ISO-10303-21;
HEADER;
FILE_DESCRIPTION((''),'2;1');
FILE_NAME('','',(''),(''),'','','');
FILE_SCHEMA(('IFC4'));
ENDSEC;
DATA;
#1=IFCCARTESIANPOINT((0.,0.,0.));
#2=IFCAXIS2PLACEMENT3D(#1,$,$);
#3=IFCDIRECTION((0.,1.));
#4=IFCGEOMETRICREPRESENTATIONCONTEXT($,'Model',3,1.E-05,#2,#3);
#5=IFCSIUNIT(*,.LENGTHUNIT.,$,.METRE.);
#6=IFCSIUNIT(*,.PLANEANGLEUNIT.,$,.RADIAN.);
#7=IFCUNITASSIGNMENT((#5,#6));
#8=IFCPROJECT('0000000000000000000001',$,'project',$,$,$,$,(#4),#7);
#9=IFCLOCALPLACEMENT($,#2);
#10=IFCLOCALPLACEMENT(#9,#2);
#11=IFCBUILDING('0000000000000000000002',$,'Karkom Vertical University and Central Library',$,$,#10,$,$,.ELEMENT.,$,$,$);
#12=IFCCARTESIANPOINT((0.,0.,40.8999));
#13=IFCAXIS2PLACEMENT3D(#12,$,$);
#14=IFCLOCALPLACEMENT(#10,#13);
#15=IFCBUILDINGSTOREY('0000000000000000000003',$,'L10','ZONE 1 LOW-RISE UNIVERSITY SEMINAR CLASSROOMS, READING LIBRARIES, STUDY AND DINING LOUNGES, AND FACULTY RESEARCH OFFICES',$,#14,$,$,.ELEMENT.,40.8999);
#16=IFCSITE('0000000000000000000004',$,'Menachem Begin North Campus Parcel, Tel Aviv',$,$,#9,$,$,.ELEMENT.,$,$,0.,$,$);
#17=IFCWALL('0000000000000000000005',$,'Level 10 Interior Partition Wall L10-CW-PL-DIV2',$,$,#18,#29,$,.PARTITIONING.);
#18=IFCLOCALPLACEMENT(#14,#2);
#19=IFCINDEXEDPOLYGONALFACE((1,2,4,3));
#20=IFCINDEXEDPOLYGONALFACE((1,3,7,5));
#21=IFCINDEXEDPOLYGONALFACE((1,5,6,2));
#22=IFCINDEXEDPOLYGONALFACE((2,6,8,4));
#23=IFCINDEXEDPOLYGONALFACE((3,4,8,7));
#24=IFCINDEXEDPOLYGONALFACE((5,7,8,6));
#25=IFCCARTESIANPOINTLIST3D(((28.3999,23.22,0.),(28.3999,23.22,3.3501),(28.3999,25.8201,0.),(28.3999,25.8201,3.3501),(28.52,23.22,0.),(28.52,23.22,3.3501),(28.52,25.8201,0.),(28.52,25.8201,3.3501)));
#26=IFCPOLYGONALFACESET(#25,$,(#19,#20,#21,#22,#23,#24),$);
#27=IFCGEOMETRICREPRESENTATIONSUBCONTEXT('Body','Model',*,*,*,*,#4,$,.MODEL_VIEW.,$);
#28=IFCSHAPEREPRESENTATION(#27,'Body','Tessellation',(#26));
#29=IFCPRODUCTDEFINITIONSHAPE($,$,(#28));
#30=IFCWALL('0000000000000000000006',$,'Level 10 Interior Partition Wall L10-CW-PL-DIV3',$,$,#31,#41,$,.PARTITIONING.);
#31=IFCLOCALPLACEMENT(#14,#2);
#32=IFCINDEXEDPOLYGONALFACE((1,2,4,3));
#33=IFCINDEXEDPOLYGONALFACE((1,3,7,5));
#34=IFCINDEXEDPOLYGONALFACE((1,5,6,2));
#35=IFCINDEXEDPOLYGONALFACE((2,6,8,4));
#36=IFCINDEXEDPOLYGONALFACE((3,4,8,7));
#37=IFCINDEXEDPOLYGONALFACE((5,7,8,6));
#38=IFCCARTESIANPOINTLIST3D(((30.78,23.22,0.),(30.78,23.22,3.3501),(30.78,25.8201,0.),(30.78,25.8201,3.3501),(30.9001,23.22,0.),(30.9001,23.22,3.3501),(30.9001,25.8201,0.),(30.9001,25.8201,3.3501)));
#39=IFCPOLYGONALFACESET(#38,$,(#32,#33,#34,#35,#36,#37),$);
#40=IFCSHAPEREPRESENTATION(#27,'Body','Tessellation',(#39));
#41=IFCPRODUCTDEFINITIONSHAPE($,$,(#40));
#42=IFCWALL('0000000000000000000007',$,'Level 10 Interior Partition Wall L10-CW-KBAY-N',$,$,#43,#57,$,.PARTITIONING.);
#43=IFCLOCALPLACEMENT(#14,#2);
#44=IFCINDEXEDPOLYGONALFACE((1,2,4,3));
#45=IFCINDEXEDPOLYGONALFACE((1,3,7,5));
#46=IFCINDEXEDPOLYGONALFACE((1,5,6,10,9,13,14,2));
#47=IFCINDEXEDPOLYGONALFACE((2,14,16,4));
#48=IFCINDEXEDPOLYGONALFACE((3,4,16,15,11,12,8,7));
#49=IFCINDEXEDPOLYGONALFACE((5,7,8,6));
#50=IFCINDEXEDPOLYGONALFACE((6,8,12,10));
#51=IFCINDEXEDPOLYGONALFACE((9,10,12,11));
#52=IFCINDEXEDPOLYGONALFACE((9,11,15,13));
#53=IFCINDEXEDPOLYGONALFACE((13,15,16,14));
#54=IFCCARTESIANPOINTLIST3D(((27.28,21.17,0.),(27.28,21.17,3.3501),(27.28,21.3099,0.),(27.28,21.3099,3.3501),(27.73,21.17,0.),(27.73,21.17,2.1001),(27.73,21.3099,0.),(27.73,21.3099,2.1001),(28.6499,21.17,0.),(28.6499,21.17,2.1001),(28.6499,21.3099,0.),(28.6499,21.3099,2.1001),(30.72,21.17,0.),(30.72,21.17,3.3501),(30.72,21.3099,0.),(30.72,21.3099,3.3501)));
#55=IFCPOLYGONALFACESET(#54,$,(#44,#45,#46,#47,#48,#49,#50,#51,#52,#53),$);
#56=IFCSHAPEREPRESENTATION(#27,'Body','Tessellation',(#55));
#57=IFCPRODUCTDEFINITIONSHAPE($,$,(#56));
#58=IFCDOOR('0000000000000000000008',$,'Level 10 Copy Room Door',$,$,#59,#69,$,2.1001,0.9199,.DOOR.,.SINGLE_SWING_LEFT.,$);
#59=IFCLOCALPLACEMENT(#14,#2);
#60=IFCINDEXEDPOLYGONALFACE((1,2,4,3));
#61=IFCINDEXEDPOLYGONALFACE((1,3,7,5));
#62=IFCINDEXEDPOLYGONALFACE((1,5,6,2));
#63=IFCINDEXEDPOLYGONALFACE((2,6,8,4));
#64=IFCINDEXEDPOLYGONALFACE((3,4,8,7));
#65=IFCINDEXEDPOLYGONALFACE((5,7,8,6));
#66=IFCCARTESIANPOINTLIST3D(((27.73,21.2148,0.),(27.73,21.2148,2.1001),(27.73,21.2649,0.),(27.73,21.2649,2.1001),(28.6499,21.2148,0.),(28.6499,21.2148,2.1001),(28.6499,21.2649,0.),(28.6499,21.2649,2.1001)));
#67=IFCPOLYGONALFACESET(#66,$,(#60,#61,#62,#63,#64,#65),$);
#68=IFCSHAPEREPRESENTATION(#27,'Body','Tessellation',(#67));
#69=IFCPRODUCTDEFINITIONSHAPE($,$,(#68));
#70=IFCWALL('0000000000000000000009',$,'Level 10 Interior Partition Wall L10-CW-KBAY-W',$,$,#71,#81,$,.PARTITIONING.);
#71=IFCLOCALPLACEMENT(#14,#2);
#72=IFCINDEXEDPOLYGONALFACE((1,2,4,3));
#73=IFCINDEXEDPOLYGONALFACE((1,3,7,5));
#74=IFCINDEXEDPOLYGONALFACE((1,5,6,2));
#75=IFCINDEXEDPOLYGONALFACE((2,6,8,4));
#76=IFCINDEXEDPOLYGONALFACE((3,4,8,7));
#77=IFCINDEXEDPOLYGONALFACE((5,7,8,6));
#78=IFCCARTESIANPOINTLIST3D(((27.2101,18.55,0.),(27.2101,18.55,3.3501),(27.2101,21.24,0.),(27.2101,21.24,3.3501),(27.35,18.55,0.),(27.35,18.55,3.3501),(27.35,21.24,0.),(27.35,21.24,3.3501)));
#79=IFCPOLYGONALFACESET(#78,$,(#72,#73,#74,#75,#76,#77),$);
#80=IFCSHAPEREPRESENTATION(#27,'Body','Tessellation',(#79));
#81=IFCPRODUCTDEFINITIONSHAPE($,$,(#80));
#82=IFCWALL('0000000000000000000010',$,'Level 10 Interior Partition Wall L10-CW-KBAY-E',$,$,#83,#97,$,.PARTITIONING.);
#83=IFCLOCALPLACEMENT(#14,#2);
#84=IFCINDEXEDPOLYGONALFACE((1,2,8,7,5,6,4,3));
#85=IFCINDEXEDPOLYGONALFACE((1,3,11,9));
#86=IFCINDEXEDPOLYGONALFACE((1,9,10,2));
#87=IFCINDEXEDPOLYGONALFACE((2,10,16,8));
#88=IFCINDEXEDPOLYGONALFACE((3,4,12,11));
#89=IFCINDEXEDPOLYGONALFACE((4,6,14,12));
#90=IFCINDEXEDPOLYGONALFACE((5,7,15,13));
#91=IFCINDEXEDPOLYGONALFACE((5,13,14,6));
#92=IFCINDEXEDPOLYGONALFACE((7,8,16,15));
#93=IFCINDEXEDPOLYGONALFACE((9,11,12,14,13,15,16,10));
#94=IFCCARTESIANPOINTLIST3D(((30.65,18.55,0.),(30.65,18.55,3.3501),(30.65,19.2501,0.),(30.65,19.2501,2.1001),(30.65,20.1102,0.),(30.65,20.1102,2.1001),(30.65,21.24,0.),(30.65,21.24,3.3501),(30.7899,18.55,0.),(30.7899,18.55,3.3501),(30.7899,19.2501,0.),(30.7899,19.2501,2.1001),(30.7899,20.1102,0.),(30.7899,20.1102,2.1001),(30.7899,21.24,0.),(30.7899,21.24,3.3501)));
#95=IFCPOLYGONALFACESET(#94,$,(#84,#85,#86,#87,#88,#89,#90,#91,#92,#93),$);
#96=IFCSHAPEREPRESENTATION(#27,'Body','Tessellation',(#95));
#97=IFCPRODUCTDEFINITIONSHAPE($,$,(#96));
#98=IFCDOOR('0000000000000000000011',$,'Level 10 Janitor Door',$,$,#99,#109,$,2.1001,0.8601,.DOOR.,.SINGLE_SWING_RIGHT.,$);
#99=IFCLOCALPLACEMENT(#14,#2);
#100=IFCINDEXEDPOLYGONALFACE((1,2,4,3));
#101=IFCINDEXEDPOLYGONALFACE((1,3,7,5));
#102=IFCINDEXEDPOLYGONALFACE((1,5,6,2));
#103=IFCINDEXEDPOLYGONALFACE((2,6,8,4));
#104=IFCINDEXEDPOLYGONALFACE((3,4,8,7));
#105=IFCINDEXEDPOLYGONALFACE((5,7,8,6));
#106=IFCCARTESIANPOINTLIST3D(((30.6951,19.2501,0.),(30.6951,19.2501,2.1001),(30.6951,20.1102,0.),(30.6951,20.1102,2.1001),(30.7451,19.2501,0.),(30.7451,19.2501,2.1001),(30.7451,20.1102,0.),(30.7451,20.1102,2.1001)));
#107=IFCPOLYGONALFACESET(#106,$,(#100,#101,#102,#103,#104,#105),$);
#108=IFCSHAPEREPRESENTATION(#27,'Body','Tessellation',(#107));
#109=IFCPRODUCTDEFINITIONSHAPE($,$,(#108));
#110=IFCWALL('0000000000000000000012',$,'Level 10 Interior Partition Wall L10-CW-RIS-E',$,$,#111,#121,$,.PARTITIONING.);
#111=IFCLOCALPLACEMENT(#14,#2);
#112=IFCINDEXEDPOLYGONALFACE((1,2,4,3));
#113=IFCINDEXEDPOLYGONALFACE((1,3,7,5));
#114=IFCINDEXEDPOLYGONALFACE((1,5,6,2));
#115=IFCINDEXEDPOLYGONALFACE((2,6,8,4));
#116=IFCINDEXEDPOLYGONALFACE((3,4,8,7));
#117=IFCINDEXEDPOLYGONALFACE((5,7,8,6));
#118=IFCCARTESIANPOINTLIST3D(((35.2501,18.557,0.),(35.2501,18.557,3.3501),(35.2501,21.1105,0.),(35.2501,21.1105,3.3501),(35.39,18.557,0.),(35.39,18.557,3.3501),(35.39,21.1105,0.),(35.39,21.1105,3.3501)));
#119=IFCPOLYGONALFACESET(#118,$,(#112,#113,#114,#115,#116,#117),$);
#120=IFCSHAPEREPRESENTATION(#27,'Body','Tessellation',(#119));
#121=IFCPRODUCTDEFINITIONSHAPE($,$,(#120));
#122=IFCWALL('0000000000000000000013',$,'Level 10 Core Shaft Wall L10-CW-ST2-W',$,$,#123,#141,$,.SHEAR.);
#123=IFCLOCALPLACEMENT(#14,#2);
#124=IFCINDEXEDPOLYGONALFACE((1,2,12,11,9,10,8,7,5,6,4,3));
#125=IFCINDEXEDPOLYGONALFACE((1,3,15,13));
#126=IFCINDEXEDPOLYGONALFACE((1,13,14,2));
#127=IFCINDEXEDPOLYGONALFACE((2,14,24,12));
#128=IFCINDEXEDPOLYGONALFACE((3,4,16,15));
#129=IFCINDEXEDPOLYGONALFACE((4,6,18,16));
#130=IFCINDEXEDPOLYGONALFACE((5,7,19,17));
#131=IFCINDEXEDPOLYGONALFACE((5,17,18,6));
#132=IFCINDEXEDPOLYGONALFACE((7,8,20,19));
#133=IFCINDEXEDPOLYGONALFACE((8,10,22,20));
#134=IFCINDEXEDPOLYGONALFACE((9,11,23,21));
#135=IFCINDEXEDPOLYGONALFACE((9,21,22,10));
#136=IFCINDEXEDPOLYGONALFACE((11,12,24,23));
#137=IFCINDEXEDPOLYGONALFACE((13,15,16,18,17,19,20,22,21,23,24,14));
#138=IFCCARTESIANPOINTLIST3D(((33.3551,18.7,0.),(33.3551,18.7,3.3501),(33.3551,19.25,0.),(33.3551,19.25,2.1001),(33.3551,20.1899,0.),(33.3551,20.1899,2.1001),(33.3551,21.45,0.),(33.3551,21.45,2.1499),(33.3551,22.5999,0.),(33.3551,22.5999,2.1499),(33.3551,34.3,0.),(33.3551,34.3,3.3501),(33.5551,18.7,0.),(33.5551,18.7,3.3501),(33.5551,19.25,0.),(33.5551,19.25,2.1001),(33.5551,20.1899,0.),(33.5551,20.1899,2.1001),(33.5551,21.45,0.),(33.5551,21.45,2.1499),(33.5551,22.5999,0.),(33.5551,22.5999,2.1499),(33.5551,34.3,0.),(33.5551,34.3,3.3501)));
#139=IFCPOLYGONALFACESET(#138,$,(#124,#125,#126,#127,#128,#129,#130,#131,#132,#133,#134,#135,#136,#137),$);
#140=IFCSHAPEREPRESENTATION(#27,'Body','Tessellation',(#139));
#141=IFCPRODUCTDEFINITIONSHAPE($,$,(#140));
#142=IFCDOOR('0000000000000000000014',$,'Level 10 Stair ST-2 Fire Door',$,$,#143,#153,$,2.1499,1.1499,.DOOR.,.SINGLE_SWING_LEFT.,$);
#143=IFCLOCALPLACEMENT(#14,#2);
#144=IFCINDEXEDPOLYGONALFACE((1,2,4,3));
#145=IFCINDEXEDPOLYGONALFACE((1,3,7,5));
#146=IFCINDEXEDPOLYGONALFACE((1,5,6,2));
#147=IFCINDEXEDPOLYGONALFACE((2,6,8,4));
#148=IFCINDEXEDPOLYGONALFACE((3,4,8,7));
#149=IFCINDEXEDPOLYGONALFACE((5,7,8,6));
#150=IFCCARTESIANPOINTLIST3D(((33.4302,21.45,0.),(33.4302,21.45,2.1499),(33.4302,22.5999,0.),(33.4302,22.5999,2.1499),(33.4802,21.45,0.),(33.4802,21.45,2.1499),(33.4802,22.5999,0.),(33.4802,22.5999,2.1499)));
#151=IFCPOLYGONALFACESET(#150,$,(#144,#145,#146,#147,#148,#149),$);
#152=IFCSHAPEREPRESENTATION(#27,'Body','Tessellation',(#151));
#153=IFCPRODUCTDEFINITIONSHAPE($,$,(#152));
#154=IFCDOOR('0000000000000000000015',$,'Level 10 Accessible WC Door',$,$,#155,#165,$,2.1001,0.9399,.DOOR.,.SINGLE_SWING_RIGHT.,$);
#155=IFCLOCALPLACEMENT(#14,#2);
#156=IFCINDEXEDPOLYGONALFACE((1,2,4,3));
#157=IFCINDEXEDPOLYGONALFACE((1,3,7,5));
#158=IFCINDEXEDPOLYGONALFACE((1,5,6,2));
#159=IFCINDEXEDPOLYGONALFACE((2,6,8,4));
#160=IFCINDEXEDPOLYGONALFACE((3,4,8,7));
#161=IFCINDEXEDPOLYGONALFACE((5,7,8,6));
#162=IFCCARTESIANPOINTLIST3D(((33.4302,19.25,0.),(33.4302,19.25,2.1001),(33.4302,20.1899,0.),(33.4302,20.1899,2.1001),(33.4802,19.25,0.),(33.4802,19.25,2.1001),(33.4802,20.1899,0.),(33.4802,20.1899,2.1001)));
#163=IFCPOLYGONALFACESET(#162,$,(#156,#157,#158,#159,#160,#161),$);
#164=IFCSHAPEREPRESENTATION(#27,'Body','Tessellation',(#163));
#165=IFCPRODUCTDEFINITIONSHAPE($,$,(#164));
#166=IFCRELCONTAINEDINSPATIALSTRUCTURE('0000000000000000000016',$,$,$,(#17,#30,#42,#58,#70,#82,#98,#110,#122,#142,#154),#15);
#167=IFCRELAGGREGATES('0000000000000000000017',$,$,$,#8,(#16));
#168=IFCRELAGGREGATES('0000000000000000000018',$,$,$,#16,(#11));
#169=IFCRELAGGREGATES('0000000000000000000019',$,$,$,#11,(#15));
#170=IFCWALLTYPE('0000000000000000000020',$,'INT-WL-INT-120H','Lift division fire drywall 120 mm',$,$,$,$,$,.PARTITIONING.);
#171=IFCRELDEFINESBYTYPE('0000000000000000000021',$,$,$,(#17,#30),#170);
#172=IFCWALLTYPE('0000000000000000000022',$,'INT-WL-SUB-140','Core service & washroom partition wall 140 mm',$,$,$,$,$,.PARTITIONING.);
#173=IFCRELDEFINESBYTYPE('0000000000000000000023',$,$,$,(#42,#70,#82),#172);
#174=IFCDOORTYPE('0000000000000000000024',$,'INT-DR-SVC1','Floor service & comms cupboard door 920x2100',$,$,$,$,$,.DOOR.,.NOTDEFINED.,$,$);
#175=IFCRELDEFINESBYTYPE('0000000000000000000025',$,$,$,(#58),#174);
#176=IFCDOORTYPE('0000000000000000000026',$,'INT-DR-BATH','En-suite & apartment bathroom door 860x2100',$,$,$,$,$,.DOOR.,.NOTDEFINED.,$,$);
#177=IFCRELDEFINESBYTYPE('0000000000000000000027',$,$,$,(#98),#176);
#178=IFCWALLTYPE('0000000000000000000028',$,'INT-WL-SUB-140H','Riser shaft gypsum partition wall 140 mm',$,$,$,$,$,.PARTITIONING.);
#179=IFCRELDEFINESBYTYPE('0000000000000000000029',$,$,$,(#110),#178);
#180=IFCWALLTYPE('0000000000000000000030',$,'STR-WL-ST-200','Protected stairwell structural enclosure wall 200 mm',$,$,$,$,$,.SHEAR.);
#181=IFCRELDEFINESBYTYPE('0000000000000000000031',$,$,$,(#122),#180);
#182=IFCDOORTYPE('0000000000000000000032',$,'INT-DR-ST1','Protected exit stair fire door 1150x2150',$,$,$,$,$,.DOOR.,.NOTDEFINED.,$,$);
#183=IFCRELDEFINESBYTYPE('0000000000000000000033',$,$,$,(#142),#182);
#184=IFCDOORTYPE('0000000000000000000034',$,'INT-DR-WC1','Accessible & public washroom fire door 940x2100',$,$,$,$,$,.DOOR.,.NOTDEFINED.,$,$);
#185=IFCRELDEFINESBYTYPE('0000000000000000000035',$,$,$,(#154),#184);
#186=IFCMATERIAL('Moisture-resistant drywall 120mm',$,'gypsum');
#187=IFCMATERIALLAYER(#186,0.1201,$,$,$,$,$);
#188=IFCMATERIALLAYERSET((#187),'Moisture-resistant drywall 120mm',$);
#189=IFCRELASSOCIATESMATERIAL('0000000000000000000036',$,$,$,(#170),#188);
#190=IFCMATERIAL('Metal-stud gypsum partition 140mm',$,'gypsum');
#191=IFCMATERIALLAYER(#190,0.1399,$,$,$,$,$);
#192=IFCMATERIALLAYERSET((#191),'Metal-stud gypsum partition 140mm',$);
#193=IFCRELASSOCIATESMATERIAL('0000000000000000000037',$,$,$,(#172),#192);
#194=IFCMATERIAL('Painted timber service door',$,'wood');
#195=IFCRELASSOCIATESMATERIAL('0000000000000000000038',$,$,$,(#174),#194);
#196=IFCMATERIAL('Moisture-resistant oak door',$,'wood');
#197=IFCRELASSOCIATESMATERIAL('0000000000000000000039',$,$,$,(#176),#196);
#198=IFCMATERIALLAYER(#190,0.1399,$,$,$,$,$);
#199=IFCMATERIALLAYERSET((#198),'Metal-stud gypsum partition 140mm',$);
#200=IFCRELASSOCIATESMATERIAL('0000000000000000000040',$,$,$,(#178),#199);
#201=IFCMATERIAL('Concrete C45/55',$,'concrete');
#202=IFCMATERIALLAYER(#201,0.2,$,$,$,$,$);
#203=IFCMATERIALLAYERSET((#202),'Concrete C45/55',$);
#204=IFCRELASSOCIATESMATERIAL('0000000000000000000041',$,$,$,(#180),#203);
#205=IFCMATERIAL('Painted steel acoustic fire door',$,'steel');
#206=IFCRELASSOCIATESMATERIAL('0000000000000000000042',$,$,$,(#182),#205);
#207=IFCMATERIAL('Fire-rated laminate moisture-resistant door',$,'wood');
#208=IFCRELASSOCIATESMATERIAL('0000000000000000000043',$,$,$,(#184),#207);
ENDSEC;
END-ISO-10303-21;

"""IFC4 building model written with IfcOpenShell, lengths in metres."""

from ifc_helpers import new_model, si_unit, direction, frame, frame_2d, origin, origin_with_axes, place, context, subcontext, project, spatial, rectangle, extrude, source, transform, mapped, material, layer, layer_set, type_object, element, fill, save


model = new_model("IFC4")

# Units and contexts
model_context = context("Model", 3, precision=1e-05, world=origin(), true_north=direction((0.0, 1.0)))
body_context = subcontext(model_context, "Body", "Model", "MODEL_VIEW")
ifc_project = project(units=[si_unit("LENGTHUNIT", "METRE"), si_unit("PLANEANGLEUNIT", "RADIAN")], contexts=[model_context])

# Site, building, storey
site_placement = place(None, origin())
site = spatial("IfcSite", under=ifc_project, at=site_placement, Name="Menachem Begin North Campus Parcel, Tel Aviv", CompositionType="ELEMENT", RefElevation=0.0)
building_placement = place(site_placement, origin())
building = spatial("IfcBuilding", under=site, at=building_placement, Name="Karkom Vertical University and Central Library", CompositionType="ELEMENT")
storey_placement = place(building_placement, frame((0.0, 0.0, 40.8999)))
storey = spatial("IfcBuildingStorey", under=building, at=storey_placement, Name="L10", Description="ZONE 1 LOW-RISE UNIVERSITY SEMINAR CLASSROOMS, READING LIBRARIES, STUDY AND DINING LOUNGES, AND FACULTY RESEARCH OFFICES", CompositionType="ELEMENT", Elevation=40.8999)

# Walls
ifc_material_1 = material(Name="Moisture-resistant drywall 120mm", Category="gypsum")
ifc_layer_1 = layer(ifc_material_1, 0.1201)
ifc_layer_set_1 = layer_set([ifc_layer_1], Name="Moisture-resistant drywall 120mm")
wall_type_1 = type_object("IfcWallType", Name="INT-WL-INT-120H", Description="Lift division fire drywall 120 mm", PredefinedType="PARTITIONING", material=ifc_layer_set_1)
for number, where, z_axis, x_axis, name in (
    (1, (28.46, 23.22, 0.0), (0.0, 0.0, 1.0), (0.0, 1.0, 0.0), "Level 10 Interior Partition Wall L10-CW-PL-DIV2"),
    (2, (30.8401, 23.22, 0.0), (0.0, 0.0, 1.0), (0.0, 1.0, 0.0), "Level 10 Interior Partition Wall L10-CW-PL-DIV3"),
):
    element("IfcWall", number, at=place(storey_placement, frame(where, z_axis=z_axis, x_axis=x_axis)), inside=storey, type_object=wall_type_1, Name=name, PredefinedType="PARTITIONING", context=body_context, shape_type="SweptSolid", body=[
        extrude(rectangle(XDim=2.6001, YDim=0.1201, at=frame_2d((1.3, 0.0))), origin(), (0.0, 0.0, 1.0), 3.3501),
    ])

# Wall, opening, door
ifc_material_2 = material(Name="Metal-stud gypsum partition 140mm", Category="gypsum")
ifc_layer_2 = layer(ifc_material_2, 0.1399)
ifc_layer_set_2 = layer_set([ifc_layer_2], Name="Metal-stud gypsum partition 140mm")
wall_type_2 = type_object("IfcWallType", Name="INT-WL-SUB-140", Description="Core service & washroom partition wall 140 mm", PredefinedType="PARTITIONING", material=ifc_layer_set_2)
wall_1_placement = place(storey_placement, frame((27.28, 21.24, 0.0), z_axis=(0.0, 0.0, 1.0), x_axis=(1.0, 0.0, 0.0)))
wall_1 = element("IfcWall", 3, at=wall_1_placement, inside=storey, type_object=wall_type_2, Name="Level 10 Interior Partition Wall L10-CW-KBAY-N", PredefinedType="PARTITIONING", context=body_context, shape_type="SweptSolid", body=[
    extrude(rectangle(XDim=3.4399, YDim=0.1399, at=frame_2d((1.72, 0.0))), origin(), (0.0, 0.0, 1.0), 3.3501),
])
opening_1_placement = place(wall_1_placement, frame((0.45, 0.0, 0.0)))
opening_1 = element("IfcOpeningElement", 4, at=opening_1_placement, cuts=wall_1, PredefinedType="OPENING", context=body_context, shape_type="SweptSolid", body=[
    extrude(rectangle(XDim=0.9199, YDim=2.1001, at=frame_2d((0.46, 1.05))), frame((0.0, 0.0801, 0.0), z_axis=(0.0, -1.0, 0.0), x_axis=(1.0, 0.0, 0.0)), (0.0, 0.0, 1.0), 0.1599),
])
ifc_material_3 = material(Name="Painted timber service door", Category="wood")
door_type_1 = type_object("IfcDoorType", Name="INT-DR-SVC1", Description="Floor service & comms cupboard door 920x2100", OperationType="NOTDEFINED", PredefinedType="DOOR", material=ifc_material_3)
shared_shape_1 = source(origin_with_axes(), body_context, "Body", "SweptSolid", [
    extrude(rectangle(XDim=0.9199, YDim=2.1001, at=frame_2d((0.46, 1.05))), frame((0.0, 0.0249, 0.0), z_axis=(0.0, -1.0, 0.0), x_axis=(1.0, 0.0, 0.0)), (0.0, 0.0, 1.0), 0.05),
])
door_1_placement = place(opening_1_placement, origin())
door_1 = element("IfcDoor", 5, at=door_1_placement, inside=storey, type_object=door_type_1, Name="Level 10 Copy Room Door", OperationType="SINGLE_SWING_LEFT", OverallHeight=2.1001, OverallWidth=0.9199, PredefinedType="DOOR", context=body_context, shape_type="MappedRepresentation", body=[
    mapped(shared_shape_1, transform((0.0, 0.0, 0.0), scale=1.0)),
])
fill(opening_1, door_1)

# Wall
wall_2_placement = place(storey_placement, frame((27.28, 18.55, 0.0), z_axis=(0.0, 0.0, 1.0), x_axis=(0.0, 1.0, 0.0)))
element("IfcWall", 6, at=wall_2_placement, inside=storey, type_object=wall_type_2, Name="Level 10 Interior Partition Wall L10-CW-KBAY-W", PredefinedType="PARTITIONING", context=body_context, shape_type="SweptSolid", body=[
    extrude(rectangle(XDim=2.6899, YDim=0.1399, at=frame_2d((1.345, 0.0))), origin(), (0.0, 0.0, 1.0), 3.3501),
])

# Wall, opening, door
wall_3_placement = place(storey_placement, frame((30.72, 18.55, 0.0), z_axis=(0.0, 0.0, 1.0), x_axis=(0.0, 1.0, 0.0)))
wall_3 = element("IfcWall", 7, at=wall_3_placement, inside=storey, type_object=wall_type_2, Name="Level 10 Interior Partition Wall L10-CW-KBAY-E", PredefinedType="PARTITIONING", context=body_context, shape_type="SweptSolid", body=[
    extrude(rectangle(XDim=2.6899, YDim=0.1399, at=frame_2d((1.345, 0.0))), origin(), (0.0, 0.0, 1.0), 3.3501),
])
opening_2_placement = place(wall_3_placement, frame((0.7, 0.0, 0.0)))
opening_2 = element("IfcOpeningElement", 8, at=opening_2_placement, cuts=wall_3, PredefinedType="OPENING", context=body_context, shape_type="SweptSolid", body=[
    extrude(rectangle(XDim=0.8601, YDim=2.1001, at=frame_2d((0.4302, 1.05))), frame((0.0, 0.0801, 0.0), z_axis=(0.0, -1.0, 0.0), x_axis=(1.0, 0.0, 0.0)), (0.0, 0.0, 1.0), 0.1599),
])
ifc_material_4 = material(Name="Moisture-resistant oak door", Category="wood")
door_type_2 = type_object("IfcDoorType", Name="INT-DR-BATH", Description="En-suite & apartment bathroom door 860x2100", OperationType="NOTDEFINED", PredefinedType="DOOR", material=ifc_material_4)
shared_shape_2 = source(origin_with_axes(), body_context, "Body", "SweptSolid", [
    extrude(rectangle(XDim=0.8601, YDim=2.1001, at=frame_2d((0.4302, 1.05))), frame((0.0, 0.0249, 0.0), z_axis=(0.0, -1.0, 0.0), x_axis=(1.0, 0.0, 0.0)), (0.0, 0.0, 1.0), 0.05),
])
door_2_placement = place(opening_2_placement, origin())
door_2 = element("IfcDoor", 9, at=door_2_placement, inside=storey, type_object=door_type_2, Name="Level 10 Janitor Door", OperationType="SINGLE_SWING_RIGHT", OverallHeight=2.1001, OverallWidth=0.8601, PredefinedType="DOOR", context=body_context, shape_type="MappedRepresentation", body=[
    mapped(shared_shape_2, transform((0.0, 0.0, 0.0), scale=1.0)),
])
fill(opening_2, door_2)

# Wall
ifc_layer_3 = layer(ifc_material_2, 0.1399)
ifc_layer_set_3 = layer_set([ifc_layer_3], Name="Metal-stud gypsum partition 140mm")
wall_type_3 = type_object("IfcWallType", Name="INT-WL-SUB-140H", Description="Riser shaft gypsum partition wall 140 mm", PredefinedType="PARTITIONING", material=ifc_layer_set_3)
wall_4_placement = place(storey_placement, frame((35.3201, 18.5569, 0.0), z_axis=(0.0, 0.0, 1.0), x_axis=(0.0, 1.0, 0.0)))
element("IfcWall", 10, at=wall_4_placement, inside=storey, type_object=wall_type_3, Name="Level 10 Interior Partition Wall L10-CW-RIS-E", PredefinedType="PARTITIONING", context=body_context, shape_type="SweptSolid", body=[
    extrude(rectangle(XDim=2.5535, YDim=0.1399, at=frame_2d((1.2769, 0.0))), origin(), (0.0, 0.0, 1.0), 3.3501),
])

# Wall, openings, doors
ifc_material_5 = material(Name="Concrete C45/55", Category="concrete")
ifc_layer_4 = layer(ifc_material_5, 0.2)
ifc_layer_set_4 = layer_set([ifc_layer_4], Name="Concrete C45/55")
wall_type_4 = type_object("IfcWallType", Name="STR-WL-ST-200", Description="Protected stairwell structural enclosure wall 200 mm", PredefinedType="SHEAR", material=ifc_layer_set_4)
wall_5_placement = place(storey_placement, frame((33.4551, 18.7, 0.0), z_axis=(0.0, 0.0, 1.0), x_axis=(0.0, 1.0, 0.0)))
wall_5 = element("IfcWall", 11, at=wall_5_placement, inside=storey, type_object=wall_type_4, Name="Level 10 Core Shaft Wall L10-CW-ST2-W", PredefinedType="SHEAR", context=body_context, shape_type="SweptSolid", body=[
    extrude(rectangle(XDim=15.6001, YDim=0.2, at=frame_2d((7.8, 0.0))), origin(), (0.0, 0.0, 1.0), 3.3501),
])
opening_3_placement = place(wall_5_placement, frame((2.75, 0.0, 0.0)))
opening_3 = element("IfcOpeningElement", 12, at=opening_3_placement, cuts=wall_5, PredefinedType="OPENING", context=body_context, shape_type="SweptSolid", body=[
    extrude(rectangle(XDim=1.1499, YDim=2.1499, at=frame_2d((0.575, 1.075))), frame((0.0, 0.1099, 0.0), z_axis=(0.0, -1.0, 0.0), x_axis=(1.0, 0.0, 0.0)), (0.0, 0.0, 1.0), 0.22),
])
opening_4_placement = place(wall_5_placement, frame((0.55, 0.0, 0.0)))
opening_4 = element("IfcOpeningElement", 13, at=opening_4_placement, cuts=wall_5, PredefinedType="OPENING", context=body_context, shape_type="SweptSolid", body=[
    extrude(rectangle(XDim=0.9399, YDim=2.1001, at=frame_2d((0.47, 1.05))), frame((0.0, 0.1099, 0.0), z_axis=(0.0, -1.0, 0.0), x_axis=(1.0, 0.0, 0.0)), (0.0, 0.0, 1.0), 0.22),
])
ifc_material_6 = material(Name="Painted steel acoustic fire door", Category="steel")
door_type_3 = type_object("IfcDoorType", Name="INT-DR-ST1", Description="Protected exit stair fire door 1150x2150", OperationType="NOTDEFINED", PredefinedType="DOOR", material=ifc_material_6)
shared_shape_3 = source(origin_with_axes(), body_context, "Body", "SweptSolid", [
    extrude(rectangle(XDim=1.1499, YDim=2.1499, at=frame_2d((0.575, 1.075))), frame((0.0, 0.0249, 0.0), z_axis=(0.0, -1.0, 0.0), x_axis=(1.0, 0.0, 0.0)), (0.0, 0.0, 1.0), 0.05),
])
door_3_placement = place(opening_3_placement, origin())
door_3 = element("IfcDoor", 14, at=door_3_placement, inside=storey, type_object=door_type_3, Name="Level 10 Stair ST-2 Fire Door", OperationType="SINGLE_SWING_LEFT", OverallHeight=2.1499, OverallWidth=1.1499, PredefinedType="DOOR", context=body_context, shape_type="MappedRepresentation", body=[
    mapped(shared_shape_3, transform((0.0, 0.0, 0.0), scale=1.0)),
])
fill(opening_3, door_3)
ifc_material_7 = material(Name="Fire-rated laminate moisture-resistant door", Category="wood")
door_type_4 = type_object("IfcDoorType", Name="INT-DR-WC1", Description="Accessible & public washroom fire door 940x2100", OperationType="NOTDEFINED", PredefinedType="DOOR", material=ifc_material_7)
shared_shape_4 = source(origin_with_axes(), body_context, "Body", "SweptSolid", [
    extrude(rectangle(XDim=0.9399, YDim=2.1001, at=frame_2d((0.47, 1.05))), frame((0.0, 0.0249, 0.0), z_axis=(0.0, -1.0, 0.0), x_axis=(1.0, 0.0, 0.0)), (0.0, 0.0, 1.0), 0.05),
])
door_4_placement = place(opening_4_placement, origin())
door_4 = element("IfcDoor", 15, at=door_4_placement, inside=storey, type_object=door_type_4, Name="Level 10 Accessible WC Door", OperationType="SINGLE_SWING_RIGHT", OverallHeight=2.1001, OverallWidth=0.9399, PredefinedType="DOOR", context=body_context, shape_type="MappedRepresentation", body=[
    mapped(shared_shape_4, transform((0.0, 0.0, 0.0), scale=1.0)),
])
fill(opening_4, door_4)

save(model, "model.ifc")
